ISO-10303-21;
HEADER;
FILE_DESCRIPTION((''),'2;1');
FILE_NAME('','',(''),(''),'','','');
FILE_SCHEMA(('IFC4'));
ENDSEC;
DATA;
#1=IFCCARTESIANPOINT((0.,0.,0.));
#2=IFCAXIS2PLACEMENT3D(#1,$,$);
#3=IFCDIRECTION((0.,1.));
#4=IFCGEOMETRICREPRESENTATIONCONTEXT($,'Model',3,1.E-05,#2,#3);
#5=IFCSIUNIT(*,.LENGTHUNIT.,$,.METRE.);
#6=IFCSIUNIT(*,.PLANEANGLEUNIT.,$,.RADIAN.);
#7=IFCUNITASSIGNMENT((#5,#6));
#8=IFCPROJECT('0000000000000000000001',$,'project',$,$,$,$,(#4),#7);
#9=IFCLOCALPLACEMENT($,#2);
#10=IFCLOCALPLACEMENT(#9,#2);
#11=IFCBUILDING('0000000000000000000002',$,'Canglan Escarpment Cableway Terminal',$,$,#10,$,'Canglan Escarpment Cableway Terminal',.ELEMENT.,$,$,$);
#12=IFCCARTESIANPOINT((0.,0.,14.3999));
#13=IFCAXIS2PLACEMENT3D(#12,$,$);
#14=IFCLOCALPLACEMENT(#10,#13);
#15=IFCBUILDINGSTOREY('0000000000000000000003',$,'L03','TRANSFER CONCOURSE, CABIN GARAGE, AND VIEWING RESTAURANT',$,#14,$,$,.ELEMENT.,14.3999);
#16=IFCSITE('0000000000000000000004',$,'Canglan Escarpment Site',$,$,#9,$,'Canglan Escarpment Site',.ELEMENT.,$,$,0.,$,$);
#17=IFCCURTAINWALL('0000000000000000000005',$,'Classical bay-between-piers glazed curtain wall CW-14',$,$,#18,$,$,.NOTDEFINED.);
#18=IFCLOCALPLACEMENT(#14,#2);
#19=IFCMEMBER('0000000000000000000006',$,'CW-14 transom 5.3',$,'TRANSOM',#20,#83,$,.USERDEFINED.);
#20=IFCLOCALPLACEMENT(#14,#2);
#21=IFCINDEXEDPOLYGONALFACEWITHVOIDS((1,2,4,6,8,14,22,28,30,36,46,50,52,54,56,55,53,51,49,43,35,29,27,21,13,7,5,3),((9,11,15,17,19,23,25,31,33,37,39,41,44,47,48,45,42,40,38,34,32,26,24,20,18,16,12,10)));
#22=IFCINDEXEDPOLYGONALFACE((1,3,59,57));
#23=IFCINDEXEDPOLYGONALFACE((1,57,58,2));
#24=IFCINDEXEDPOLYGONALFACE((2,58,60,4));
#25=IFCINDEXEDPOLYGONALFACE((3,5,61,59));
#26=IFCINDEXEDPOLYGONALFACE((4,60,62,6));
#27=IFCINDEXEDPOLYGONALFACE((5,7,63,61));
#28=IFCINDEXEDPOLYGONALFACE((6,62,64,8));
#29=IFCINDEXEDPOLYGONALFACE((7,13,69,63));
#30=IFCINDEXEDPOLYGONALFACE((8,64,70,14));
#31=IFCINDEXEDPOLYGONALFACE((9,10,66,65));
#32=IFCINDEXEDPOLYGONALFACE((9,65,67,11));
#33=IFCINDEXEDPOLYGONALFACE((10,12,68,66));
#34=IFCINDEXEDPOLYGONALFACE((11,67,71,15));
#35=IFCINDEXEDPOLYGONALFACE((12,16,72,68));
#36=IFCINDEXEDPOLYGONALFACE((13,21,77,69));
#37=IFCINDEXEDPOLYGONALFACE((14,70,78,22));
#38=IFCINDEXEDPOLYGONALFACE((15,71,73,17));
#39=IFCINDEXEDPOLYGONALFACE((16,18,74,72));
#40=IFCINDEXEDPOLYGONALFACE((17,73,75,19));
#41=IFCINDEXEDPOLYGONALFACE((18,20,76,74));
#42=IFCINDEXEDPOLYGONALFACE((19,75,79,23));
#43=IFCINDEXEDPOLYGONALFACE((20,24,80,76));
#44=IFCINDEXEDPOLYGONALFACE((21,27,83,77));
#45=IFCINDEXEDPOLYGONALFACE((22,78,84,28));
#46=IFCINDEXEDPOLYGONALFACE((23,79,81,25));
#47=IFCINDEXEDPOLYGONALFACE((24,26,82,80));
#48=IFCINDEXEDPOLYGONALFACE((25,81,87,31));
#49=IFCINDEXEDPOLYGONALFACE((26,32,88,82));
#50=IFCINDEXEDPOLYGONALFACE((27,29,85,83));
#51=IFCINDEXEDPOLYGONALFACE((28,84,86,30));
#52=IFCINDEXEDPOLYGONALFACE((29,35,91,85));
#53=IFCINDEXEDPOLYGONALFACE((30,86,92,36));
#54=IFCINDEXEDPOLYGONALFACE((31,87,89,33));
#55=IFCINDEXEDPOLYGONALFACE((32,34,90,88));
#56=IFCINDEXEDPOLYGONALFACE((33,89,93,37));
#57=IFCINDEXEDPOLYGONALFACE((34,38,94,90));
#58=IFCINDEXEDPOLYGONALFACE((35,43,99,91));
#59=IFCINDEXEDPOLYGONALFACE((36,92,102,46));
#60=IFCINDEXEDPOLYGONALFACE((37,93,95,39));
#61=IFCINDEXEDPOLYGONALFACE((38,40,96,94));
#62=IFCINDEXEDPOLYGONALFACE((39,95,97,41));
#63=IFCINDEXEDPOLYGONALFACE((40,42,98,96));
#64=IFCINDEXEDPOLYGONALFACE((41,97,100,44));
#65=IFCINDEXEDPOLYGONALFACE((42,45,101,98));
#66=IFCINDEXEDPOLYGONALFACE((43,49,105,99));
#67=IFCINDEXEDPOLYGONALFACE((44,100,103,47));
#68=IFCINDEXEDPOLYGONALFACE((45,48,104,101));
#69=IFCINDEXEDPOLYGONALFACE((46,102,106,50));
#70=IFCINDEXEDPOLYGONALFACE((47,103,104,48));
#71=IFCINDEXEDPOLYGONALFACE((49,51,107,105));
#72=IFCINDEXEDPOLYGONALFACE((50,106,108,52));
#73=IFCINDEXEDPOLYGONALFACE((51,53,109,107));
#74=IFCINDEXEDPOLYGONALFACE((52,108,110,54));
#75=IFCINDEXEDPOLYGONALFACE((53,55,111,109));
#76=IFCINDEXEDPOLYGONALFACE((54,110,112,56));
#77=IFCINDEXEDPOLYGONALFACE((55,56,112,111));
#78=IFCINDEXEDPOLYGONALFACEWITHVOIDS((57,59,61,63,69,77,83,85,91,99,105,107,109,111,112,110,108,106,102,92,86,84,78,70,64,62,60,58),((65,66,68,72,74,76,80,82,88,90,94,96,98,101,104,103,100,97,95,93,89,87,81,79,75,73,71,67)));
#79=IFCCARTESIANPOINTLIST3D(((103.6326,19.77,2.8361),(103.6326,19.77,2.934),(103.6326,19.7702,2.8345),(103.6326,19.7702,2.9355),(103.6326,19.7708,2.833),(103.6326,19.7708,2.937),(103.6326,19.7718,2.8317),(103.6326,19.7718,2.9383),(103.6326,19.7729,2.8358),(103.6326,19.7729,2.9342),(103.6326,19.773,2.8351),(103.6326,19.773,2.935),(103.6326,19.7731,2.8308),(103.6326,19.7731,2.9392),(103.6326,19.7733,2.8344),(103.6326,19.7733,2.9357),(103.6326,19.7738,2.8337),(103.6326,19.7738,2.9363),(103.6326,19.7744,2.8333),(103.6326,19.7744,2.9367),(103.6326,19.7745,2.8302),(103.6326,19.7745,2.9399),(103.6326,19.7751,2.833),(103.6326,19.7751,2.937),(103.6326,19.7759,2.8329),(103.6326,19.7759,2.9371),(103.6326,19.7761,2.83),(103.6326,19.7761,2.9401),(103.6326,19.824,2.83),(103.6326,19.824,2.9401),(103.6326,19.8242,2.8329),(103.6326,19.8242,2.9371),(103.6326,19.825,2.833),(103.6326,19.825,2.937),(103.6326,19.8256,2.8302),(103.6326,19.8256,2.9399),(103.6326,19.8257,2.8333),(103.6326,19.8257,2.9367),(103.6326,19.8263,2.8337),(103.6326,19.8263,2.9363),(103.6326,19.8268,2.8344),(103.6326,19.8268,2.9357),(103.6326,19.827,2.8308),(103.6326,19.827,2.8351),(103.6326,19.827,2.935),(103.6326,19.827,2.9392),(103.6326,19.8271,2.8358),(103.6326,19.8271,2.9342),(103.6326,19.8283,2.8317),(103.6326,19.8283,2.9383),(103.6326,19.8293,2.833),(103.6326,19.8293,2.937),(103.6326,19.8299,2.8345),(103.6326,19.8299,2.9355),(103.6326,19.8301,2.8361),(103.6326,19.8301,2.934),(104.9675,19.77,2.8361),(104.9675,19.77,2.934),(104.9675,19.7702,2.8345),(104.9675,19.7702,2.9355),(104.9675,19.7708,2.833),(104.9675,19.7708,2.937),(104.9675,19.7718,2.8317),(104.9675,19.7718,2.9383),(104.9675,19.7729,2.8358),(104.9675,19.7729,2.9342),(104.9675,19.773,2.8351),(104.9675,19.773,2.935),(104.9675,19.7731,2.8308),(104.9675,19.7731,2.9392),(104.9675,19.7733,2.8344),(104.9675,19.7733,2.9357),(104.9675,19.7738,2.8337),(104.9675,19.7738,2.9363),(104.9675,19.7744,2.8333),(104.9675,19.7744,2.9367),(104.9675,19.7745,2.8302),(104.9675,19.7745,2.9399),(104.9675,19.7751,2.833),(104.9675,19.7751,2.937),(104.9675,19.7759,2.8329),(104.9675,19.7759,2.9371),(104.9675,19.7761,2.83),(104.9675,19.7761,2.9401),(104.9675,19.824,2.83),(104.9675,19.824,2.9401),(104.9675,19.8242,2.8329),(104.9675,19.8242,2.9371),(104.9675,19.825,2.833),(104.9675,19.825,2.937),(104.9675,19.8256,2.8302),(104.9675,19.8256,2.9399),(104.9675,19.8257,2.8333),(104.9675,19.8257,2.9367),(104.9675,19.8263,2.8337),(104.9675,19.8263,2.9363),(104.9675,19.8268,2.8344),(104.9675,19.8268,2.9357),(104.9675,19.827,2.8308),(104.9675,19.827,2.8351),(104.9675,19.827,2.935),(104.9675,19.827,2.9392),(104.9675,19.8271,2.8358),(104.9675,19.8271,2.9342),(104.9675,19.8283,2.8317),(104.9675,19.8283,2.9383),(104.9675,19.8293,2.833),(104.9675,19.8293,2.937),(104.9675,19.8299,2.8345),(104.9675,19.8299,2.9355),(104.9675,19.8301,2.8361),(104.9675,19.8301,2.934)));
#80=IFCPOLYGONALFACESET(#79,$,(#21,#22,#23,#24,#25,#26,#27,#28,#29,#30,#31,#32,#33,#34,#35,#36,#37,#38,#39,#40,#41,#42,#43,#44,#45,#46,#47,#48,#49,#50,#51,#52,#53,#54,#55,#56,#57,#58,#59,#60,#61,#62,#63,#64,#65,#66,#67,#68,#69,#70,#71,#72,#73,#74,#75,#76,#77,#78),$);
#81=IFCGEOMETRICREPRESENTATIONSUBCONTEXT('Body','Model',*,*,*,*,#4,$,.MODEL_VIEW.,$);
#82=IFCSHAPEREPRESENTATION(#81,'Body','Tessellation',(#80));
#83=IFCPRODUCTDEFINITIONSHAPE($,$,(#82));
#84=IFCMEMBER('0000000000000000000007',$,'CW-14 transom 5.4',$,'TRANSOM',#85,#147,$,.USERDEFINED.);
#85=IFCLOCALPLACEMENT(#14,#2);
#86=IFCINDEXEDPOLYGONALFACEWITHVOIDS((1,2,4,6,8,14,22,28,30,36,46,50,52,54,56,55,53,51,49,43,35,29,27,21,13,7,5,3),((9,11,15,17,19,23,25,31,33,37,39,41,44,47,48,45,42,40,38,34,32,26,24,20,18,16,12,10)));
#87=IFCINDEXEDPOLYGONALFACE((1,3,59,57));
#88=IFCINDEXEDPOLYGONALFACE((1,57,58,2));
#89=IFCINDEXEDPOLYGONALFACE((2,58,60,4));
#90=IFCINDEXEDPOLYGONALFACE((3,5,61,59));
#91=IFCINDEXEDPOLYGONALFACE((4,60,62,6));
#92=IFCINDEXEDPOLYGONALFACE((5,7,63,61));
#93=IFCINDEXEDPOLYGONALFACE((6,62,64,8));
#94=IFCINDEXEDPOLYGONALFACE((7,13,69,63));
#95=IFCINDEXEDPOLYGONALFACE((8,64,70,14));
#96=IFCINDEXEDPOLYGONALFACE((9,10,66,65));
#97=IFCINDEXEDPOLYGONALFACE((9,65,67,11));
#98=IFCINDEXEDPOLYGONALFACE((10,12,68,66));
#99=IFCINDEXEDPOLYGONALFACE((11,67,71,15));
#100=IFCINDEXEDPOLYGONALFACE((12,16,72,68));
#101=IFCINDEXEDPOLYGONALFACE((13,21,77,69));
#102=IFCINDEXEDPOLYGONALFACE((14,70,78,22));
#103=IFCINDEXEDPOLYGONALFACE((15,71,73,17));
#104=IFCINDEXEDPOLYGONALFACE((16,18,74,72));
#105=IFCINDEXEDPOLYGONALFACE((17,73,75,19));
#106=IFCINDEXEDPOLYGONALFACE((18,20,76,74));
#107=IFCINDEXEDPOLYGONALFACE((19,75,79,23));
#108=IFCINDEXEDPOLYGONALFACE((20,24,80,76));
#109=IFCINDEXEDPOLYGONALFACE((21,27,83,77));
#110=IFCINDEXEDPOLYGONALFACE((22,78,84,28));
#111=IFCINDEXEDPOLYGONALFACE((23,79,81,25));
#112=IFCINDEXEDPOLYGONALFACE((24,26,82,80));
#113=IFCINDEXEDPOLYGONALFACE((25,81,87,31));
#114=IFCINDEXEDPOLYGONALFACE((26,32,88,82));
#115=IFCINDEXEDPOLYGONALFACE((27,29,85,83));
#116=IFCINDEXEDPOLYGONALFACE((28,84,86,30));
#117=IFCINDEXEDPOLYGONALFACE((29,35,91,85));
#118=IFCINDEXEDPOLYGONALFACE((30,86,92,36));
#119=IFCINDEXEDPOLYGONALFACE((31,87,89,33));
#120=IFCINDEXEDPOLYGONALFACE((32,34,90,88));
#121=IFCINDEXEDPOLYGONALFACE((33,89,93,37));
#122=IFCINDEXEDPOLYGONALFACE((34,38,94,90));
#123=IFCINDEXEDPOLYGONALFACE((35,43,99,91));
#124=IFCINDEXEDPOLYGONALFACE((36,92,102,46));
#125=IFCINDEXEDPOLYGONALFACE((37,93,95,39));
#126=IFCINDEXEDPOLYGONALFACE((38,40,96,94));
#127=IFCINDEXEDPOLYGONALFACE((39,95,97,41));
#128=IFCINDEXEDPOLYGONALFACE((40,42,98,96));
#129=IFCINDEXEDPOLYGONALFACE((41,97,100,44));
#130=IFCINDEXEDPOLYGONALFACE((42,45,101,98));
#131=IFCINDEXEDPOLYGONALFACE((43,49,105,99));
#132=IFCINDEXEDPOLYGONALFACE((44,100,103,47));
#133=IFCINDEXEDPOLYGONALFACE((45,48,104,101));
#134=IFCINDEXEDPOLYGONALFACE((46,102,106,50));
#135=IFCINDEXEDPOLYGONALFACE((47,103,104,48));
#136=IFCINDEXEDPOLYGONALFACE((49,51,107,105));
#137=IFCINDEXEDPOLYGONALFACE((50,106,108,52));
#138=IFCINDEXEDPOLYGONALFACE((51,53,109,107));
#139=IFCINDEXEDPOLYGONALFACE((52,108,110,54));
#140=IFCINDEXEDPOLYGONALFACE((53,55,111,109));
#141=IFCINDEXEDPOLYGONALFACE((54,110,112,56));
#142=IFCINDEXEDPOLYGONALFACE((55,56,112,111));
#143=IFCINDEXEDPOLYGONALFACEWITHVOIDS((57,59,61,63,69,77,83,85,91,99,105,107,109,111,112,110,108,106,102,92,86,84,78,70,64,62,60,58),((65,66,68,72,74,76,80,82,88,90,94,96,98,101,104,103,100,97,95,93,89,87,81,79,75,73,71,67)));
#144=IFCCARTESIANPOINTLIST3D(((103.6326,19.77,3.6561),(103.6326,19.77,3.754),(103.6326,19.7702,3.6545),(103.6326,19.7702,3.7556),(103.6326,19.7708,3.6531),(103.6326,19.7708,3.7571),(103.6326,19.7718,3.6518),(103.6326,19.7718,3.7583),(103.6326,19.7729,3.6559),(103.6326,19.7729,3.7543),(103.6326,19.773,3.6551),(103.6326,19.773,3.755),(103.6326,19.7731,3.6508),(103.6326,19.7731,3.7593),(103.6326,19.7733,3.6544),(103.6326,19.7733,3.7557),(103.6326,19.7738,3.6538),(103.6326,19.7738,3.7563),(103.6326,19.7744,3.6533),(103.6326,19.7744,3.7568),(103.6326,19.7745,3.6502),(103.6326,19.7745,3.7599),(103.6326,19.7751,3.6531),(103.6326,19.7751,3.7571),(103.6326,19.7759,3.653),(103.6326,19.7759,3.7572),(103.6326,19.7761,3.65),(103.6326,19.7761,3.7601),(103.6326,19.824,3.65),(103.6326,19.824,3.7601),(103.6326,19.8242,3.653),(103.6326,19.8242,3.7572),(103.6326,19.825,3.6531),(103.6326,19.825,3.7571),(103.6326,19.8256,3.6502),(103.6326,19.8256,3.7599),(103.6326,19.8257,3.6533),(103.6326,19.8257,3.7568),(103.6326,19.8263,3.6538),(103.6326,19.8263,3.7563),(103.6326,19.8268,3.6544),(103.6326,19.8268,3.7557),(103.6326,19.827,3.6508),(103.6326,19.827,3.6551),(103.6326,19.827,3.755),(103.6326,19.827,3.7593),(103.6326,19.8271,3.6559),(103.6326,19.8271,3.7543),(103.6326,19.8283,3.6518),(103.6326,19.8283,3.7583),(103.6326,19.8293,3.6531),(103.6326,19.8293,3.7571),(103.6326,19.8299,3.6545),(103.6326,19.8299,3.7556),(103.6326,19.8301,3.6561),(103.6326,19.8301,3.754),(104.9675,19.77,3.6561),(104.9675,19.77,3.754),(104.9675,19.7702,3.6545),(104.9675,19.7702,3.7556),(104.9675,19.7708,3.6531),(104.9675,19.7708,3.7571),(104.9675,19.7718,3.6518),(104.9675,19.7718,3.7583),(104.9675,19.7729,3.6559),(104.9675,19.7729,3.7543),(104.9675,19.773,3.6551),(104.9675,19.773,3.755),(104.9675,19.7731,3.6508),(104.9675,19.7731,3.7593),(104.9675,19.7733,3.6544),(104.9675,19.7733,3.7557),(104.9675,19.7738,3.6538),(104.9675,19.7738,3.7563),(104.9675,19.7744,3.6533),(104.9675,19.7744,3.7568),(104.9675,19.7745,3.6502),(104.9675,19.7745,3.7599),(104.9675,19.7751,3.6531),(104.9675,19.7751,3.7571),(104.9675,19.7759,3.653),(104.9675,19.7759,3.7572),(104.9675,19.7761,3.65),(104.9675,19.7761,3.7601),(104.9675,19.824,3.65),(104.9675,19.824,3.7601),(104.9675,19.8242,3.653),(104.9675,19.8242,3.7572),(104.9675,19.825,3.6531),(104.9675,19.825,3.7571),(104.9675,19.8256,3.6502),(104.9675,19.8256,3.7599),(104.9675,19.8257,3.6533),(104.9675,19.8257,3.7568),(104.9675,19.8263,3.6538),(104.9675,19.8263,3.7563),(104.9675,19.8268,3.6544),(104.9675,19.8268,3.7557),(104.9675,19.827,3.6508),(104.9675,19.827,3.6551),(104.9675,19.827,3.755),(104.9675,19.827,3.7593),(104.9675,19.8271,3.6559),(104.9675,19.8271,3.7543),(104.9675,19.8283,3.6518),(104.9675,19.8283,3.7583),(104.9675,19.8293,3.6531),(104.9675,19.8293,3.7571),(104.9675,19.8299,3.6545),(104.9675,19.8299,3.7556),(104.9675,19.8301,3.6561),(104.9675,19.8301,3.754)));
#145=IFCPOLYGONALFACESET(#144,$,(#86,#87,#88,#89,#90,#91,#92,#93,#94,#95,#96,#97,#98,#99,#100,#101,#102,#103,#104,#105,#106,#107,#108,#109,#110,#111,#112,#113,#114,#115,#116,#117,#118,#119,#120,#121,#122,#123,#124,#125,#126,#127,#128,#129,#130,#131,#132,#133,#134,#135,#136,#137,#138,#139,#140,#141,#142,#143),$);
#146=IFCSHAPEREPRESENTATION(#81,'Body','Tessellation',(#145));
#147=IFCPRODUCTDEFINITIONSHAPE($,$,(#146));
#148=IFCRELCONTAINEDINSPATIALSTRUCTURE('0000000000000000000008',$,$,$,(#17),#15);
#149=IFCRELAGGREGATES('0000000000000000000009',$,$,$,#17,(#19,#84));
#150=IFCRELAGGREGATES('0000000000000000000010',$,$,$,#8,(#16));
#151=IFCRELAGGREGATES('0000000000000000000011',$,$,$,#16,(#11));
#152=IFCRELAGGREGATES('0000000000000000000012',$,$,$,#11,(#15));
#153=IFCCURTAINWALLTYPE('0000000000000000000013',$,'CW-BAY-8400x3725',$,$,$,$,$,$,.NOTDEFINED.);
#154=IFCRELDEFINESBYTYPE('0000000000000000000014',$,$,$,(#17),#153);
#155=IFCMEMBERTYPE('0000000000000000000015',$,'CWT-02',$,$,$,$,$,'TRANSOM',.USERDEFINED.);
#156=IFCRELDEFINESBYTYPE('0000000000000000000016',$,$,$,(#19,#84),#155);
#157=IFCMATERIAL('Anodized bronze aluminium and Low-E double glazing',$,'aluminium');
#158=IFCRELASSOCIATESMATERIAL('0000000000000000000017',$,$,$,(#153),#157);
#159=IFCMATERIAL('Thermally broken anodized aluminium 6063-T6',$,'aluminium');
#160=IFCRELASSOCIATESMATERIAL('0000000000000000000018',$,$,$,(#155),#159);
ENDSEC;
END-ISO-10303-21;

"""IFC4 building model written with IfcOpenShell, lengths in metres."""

from ifc_helpers import new_model, si_unit, direction, frame, origin, origin_2d, place, context, subcontext, project, spatial, hollow_rectangle, extrude, material, material_profile, profile_set, type_object, element, aggregate, save


model = new_model("IFC4")

# Units and contexts
model_context = context("Model", 3, precision=1e-05, world=origin(), true_north=direction((0.0, 1.0)))
body_context = subcontext(model_context, "Body", "Model", "MODEL_VIEW")
ifc_project = project(units=[si_unit("LENGTHUNIT", "METRE"), si_unit("PLANEANGLEUNIT", "RADIAN")], contexts=[model_context])

# Site, building, storey
site_placement = place(None, origin())
site = spatial("IfcSite", under=ifc_project, at=site_placement, Name="Canglan Escarpment Site", LongName="Canglan Escarpment Site", CompositionType="ELEMENT", RefElevation=0.0)
building_placement = place(site_placement, origin())
building = spatial("IfcBuilding", under=site, at=building_placement, Name="Canglan Escarpment Cableway Terminal", LongName="Canglan Escarpment Cableway Terminal", CompositionType="ELEMENT")
storey_placement = place(building_placement, frame((0.0, 0.0, 14.3999)))
storey = spatial("IfcBuildingStorey", under=building, at=storey_placement, Name="L03", Description="TRANSFER CONCOURSE, CABIN GARAGE, AND VIEWING RESTAURANT", CompositionType="ELEMENT", Elevation=14.3999)

# Curtain wall
ifc_material_1 = material(Name="Anodized bronze aluminium and Low-E double glazing", Category="aluminium")
curtain_wall_type = type_object("IfcCurtainWallType", Name="CW-BAY-8400x3725", PredefinedType="NOTDEFINED", material=ifc_material_1)
curtain_wall_1_placement = place(storey_placement, origin())
curtain_wall_1 = element("IfcCurtainWall", 1, at=curtain_wall_1_placement, inside=storey, type_object=curtain_wall_type, Name="Classical bay-between-piers glazed curtain wall CW-14", PredefinedType="NOTDEFINED")
ifc_material_2 = material(Name="Thermally broken anodized aluminium 6063-T6", Category="aluminium")

# Members
ifc_material_profile_1 = material_profile(ifc_material_2, hollow_rectangle(XDim=0.0601, YDim=0.1101, WallThickness=0.0029, InnerFilletRadius=0.0029, OuterFilletRadius=0.0061, at=origin_2d()), Name="ALU-TRAN 60x110x3")
ifc_profile_set_1 = profile_set([ifc_material_profile_1], Name="Thermally broken anodized aluminium 6063-T6")
member_type_1 = type_object("IfcMemberType", Name="CWT-02", ElementType="TRANSOM", PredefinedType="USERDEFINED", material=ifc_profile_set_1)
member_1_placement = place(storey_placement, frame((104.9675, 19.8, 2.885), z_axis=(-1.0, 0.0, 0.0), x_axis=(0.0, -1.0, 0.0)))
member_1 = element("IfcMember", 2, at=member_1_placement, type_object=member_type_1, Name="CW-14 transom 5.3", ObjectType="TRANSOM", PredefinedType="USERDEFINED", context=body_context, shape_type="SweptSolid", body=[
    extrude(hollow_rectangle(XDim=0.0601, YDim=0.1101, WallThickness=0.0029, InnerFilletRadius=0.0029, OuterFilletRadius=0.0061, at=origin_2d()), origin(), (0.0, 0.0, 1.0), 1.335),
])
member_2_placement = place(storey_placement, frame((104.9675, 19.8, 3.7051), z_axis=(-1.0, 0.0, 0.0), x_axis=(0.0, -1.0, 0.0)))
member_2 = element("IfcMember", 3, at=member_2_placement, type_object=member_type_1, Name="CW-14 transom 5.4", ObjectType="TRANSOM", PredefinedType="USERDEFINED", context=body_context, shape_type="SweptSolid", body=[
    extrude(hollow_rectangle(XDim=0.0601, YDim=0.1101, WallThickness=0.0029, InnerFilletRadius=0.0029, OuterFilletRadius=0.0061, at=origin_2d()), origin(), (0.0, 0.0, 1.0), 1.335),
])

aggregate(curtain_wall_1, [member_1, member_2])

save(model, "model.ifc")
